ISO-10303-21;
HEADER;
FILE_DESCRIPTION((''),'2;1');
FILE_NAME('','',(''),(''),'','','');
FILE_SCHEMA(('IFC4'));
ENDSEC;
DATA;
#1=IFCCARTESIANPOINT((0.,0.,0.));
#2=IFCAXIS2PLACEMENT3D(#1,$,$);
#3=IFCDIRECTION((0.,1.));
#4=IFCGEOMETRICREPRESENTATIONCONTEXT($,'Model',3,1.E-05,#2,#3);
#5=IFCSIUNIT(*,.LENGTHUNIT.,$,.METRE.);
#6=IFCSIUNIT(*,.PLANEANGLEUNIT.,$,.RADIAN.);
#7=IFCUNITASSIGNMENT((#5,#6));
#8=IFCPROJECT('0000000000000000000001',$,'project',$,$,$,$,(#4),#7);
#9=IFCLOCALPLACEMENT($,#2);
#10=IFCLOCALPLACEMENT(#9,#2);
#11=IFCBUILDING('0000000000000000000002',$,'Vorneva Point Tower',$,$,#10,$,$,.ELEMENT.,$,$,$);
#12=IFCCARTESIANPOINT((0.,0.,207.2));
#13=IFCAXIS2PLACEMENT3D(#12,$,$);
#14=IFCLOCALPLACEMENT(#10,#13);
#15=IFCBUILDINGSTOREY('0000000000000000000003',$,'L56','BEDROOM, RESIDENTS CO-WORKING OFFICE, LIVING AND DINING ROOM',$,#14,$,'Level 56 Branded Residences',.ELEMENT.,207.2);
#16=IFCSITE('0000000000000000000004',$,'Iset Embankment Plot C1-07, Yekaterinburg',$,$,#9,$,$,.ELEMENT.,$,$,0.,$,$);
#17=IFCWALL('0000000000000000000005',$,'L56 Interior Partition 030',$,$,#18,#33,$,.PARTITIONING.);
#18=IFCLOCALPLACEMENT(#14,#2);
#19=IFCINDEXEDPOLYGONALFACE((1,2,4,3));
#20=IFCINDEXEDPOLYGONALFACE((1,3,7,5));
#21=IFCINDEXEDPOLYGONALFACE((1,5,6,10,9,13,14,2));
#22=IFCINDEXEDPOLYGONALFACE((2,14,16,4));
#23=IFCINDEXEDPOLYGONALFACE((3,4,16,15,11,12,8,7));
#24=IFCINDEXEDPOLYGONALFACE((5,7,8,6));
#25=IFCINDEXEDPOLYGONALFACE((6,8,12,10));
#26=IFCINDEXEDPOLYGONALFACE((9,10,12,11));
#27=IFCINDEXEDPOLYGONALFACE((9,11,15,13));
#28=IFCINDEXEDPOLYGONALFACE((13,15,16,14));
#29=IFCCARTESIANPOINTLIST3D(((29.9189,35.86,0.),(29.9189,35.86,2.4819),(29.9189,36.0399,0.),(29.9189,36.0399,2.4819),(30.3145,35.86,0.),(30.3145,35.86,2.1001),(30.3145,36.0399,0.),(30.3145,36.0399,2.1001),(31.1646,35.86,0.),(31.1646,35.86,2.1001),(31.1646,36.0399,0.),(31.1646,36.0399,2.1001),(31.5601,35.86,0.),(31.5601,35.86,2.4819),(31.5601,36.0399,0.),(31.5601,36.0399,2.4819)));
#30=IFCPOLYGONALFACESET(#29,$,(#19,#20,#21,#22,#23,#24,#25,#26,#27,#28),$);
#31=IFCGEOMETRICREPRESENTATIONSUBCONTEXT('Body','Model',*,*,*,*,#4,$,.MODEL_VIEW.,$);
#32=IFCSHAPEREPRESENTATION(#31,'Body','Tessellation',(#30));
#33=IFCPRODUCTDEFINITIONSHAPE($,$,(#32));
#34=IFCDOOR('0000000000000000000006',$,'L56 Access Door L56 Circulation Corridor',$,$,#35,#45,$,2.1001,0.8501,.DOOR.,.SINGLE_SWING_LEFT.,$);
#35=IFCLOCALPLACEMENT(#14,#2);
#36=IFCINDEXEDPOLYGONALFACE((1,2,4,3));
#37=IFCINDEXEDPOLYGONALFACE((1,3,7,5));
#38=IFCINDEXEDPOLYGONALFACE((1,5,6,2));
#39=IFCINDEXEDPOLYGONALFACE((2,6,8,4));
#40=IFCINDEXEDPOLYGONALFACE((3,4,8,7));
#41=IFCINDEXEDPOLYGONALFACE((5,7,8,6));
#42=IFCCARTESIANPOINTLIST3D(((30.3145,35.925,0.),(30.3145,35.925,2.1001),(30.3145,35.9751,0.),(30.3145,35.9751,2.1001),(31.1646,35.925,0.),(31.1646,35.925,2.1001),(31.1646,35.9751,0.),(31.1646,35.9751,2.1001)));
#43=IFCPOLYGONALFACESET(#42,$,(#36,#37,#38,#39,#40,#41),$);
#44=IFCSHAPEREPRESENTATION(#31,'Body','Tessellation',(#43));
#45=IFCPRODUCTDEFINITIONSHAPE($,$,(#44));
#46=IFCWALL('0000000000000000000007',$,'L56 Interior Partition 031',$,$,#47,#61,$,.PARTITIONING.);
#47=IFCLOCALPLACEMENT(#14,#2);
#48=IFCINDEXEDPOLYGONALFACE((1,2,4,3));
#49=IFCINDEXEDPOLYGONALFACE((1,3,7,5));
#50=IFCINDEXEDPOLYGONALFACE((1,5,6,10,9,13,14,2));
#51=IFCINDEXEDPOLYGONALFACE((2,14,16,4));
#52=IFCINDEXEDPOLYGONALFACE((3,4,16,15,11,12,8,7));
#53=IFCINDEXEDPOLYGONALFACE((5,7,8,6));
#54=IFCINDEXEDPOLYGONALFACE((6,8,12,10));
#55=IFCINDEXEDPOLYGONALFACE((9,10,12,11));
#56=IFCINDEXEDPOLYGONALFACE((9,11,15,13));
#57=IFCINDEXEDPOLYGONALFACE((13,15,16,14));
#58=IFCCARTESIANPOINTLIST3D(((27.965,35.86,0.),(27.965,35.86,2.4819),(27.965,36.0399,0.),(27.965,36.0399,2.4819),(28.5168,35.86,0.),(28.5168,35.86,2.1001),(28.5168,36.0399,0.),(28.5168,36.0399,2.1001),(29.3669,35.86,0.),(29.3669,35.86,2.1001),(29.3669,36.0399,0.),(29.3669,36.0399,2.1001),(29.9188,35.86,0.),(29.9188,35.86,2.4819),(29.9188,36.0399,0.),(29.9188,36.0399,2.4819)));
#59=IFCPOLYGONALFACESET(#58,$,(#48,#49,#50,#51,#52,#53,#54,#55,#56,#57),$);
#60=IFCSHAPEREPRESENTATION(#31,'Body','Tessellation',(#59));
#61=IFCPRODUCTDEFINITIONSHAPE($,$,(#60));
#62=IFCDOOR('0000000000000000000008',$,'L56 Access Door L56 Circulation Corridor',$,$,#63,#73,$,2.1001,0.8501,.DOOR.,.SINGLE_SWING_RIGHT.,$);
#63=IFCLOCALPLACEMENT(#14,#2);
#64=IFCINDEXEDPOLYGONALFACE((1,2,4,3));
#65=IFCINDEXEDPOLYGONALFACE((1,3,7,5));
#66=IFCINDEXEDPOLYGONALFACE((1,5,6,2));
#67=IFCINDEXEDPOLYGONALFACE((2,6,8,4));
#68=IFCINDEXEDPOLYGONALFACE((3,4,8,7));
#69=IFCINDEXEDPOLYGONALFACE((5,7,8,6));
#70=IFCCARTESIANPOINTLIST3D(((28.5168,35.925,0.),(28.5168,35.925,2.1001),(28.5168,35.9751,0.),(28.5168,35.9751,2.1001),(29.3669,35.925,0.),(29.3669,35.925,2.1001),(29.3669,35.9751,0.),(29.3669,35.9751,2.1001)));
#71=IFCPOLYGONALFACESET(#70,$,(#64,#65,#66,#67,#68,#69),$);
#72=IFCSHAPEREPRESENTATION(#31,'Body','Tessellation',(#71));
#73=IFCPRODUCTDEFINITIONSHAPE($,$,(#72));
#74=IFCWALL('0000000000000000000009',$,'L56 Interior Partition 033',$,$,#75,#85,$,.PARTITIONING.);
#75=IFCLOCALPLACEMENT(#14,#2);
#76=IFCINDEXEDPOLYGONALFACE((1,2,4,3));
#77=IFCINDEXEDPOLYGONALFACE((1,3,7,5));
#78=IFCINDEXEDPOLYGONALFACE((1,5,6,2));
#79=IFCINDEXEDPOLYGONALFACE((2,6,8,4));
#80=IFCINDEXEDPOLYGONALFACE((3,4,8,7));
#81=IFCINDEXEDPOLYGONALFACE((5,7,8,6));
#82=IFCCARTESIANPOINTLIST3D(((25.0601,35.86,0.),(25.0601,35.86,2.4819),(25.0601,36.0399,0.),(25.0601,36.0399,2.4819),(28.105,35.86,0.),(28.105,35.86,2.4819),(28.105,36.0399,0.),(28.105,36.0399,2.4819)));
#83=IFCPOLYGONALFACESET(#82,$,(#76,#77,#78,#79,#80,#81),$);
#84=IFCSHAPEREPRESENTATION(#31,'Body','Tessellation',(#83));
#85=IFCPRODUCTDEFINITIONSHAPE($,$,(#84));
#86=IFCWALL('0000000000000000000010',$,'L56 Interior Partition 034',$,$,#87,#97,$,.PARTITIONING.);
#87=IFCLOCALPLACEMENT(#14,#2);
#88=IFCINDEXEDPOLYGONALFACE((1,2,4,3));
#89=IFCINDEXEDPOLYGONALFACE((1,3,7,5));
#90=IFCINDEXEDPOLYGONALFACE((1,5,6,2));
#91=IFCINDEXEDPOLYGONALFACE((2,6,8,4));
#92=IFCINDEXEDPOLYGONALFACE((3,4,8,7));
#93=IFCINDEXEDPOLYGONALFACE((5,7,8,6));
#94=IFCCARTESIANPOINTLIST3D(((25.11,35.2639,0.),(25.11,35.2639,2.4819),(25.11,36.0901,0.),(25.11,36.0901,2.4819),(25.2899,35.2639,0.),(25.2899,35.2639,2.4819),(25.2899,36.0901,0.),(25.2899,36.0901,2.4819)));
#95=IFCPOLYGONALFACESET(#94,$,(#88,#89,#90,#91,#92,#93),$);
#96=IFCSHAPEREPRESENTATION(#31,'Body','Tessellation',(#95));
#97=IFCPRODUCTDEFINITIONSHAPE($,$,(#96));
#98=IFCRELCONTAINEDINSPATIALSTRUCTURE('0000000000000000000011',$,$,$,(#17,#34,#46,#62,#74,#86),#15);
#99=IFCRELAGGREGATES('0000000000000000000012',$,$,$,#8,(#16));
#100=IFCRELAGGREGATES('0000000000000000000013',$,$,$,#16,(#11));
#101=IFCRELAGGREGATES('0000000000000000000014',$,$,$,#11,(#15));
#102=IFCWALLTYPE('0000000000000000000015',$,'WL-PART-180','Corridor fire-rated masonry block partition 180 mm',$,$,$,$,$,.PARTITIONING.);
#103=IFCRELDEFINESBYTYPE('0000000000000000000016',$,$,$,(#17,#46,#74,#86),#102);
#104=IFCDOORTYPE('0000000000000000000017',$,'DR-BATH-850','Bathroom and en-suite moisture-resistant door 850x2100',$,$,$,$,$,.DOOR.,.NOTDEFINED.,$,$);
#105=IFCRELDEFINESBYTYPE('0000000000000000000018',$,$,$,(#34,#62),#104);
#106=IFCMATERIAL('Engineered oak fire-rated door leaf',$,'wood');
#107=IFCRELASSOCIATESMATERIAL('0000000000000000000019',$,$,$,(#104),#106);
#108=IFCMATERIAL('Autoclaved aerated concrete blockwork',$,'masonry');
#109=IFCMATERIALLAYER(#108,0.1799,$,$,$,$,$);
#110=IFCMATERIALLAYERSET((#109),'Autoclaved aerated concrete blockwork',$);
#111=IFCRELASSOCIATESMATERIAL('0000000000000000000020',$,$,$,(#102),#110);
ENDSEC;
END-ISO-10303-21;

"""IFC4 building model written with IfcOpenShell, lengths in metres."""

from ifc_helpers import new_model, si_unit, direction, frame, frame_2d, origin, place, context, subcontext, project, spatial, rectangle, extrude, material, layer, layer_set, type_object, element, fill, save


model = new_model("IFC4")

# Units and contexts
model_context = context("Model", 3, precision=1e-05, world=origin(), true_north=direction((0.0, 1.0)))
body_context = subcontext(model_context, "Body", "Model", "MODEL_VIEW")
ifc_project = project(units=[si_unit("LENGTHUNIT", "METRE"), si_unit("PLANEANGLEUNIT", "RADIAN")], contexts=[model_context])

# Site, building, storey
site_placement = place(None, origin())
site = spatial("IfcSite", under=ifc_project, at=site_placement, Name="Iset Embankment Plot C1-07, Yekaterinburg", CompositionType="ELEMENT", RefElevation=0.0)
building_placement = place(site_placement, origin())
building = spatial("IfcBuilding", under=site, at=building_placement, Name="Vorneva Point Tower", CompositionType="ELEMENT")
storey_placement = place(building_placement, frame((0.0, 0.0, 207.2)))
storey = spatial("IfcBuildingStorey", under=building, at=storey_placement, Name="L56", Description="BEDROOM, RESIDENTS CO-WORKING OFFICE, LIVING AND DINING ROOM", LongName="Level 56 Branded Residences", CompositionType="ELEMENT", Elevation=207.2)

# Shared definitions
ifc_material_1 = material(Name="Engineered oak fire-rated door leaf", Category="wood")
door_type_1 = type_object("IfcDoorType", Name="DR-BATH-850", Description="Bathroom and en-suite moisture-resistant door 850x2100", OperationType="NOTDEFINED", PredefinedType="DOOR", material=ifc_material_1)
ifc_material_2 = material(Name="Autoclaved aerated concrete blockwork", Category="masonry")
ifc_layer_1 = layer(ifc_material_2, 0.1799)
ifc_layer_set_1 = layer_set([ifc_layer_1], Name="Autoclaved aerated concrete blockwork")
wall_type_1 = type_object("IfcWallType", Name="WL-PART-180", Description="Corridor fire-rated masonry block partition 180 mm", PredefinedType="PARTITIONING", material=ifc_layer_set_1)

# Walls, openings, doors
wall_1_placement = place(storey_placement, frame((31.5601, 35.95, 0.0), z_axis=(0.0, 0.0, 1.0), x_axis=(-1.0, 0.0, 0.0)))
wall_1 = element("IfcWall", 1, at=wall_1_placement, inside=storey, type_object=wall_type_1, Name="L56 Interior Partition 030", PredefinedType="PARTITIONING", context=body_context, shape_type="SweptSolid", body=[
    extrude(rectangle(XDim=1.6411, YDim=0.1799, at=frame_2d((0.8206, 0.0))), origin(), (0.0, 0.0, 1.0), 2.4819),
])
opening_1_placement = place(wall_1_placement, frame((0.3955, 0.0, 0.0)))
opening_1 = element("IfcOpeningElement", 2, at=opening_1_placement, cuts=wall_1, PredefinedType="OPENING", context=body_context, shape_type="SweptSolid", body=[
    extrude(rectangle(XDim=0.8501, YDim=2.1001, at=frame_2d((0.425, 1.05))), frame((0.0, 0.105, 0.0), z_axis=(0.0, -1.0, 0.0), x_axis=(1.0, 0.0, 0.0)), (0.0, 0.0, 1.0), 0.2097),
])
door_1_placement = place(opening_1_placement, origin())
door_1 = element("IfcDoor", 3, at=door_1_placement, inside=storey, type_object=door_type_1, Name="L56 Access Door L56 Circulation Corridor", OperationType="SINGLE_SWING_LEFT", OverallHeight=2.1001, OverallWidth=0.8501, PredefinedType="DOOR", context=body_context, shape_type="SweptSolid", body=[
    extrude(rectangle(XDim=0.8501, YDim=2.1001, at=frame_2d((0.425, 1.05))), frame((0.0, 0.0249, 0.0), z_axis=(0.0, -1.0, 0.0), x_axis=(1.0, 0.0, 0.0)), (0.0, 0.0, 1.0), 0.05),
])
fill(opening_1, door_1)
wall_2_placement = place(storey_placement, frame((29.9189, 35.95, 0.0), z_axis=(0.0, 0.0, 1.0), x_axis=(-1.0, 0.0, 0.0)))
wall_2 = element("IfcWall", 4, at=wall_2_placement, inside=storey, type_object=wall_type_1, Name="L56 Interior Partition 031", PredefinedType="PARTITIONING", context=body_context, shape_type="SweptSolid", body=[
    extrude(rectangle(XDim=1.9539, YDim=0.1799, at=frame_2d((0.9771, 0.0))), origin(), (0.0, 0.0, 1.0), 2.4819),
])
opening_2_placement = place(wall_2_placement, frame((0.552, 0.0, 0.0)))
opening_2 = element("IfcOpeningElement", 5, at=opening_2_placement, cuts=wall_2, PredefinedType="OPENING", context=body_context, shape_type="SweptSolid", body=[
    extrude(rectangle(XDim=0.8501, YDim=2.1001, at=frame_2d((0.425, 1.05))), frame((0.0, 0.105, 0.0), z_axis=(0.0, -1.0, 0.0), x_axis=(1.0, 0.0, 0.0)), (0.0, 0.0, 1.0), 0.2097),
])
door_2_placement = place(opening_2_placement, origin())
door_2 = element("IfcDoor", 6, at=door_2_placement, inside=storey, type_object=door_type_1, Name="L56 Access Door L56 Circulation Corridor", OperationType="SINGLE_SWING_RIGHT", OverallHeight=2.1001, OverallWidth=0.8501, PredefinedType="DOOR", context=body_context, shape_type="SweptSolid", body=[
    extrude(rectangle(XDim=0.8501, YDim=2.1001, at=frame_2d((0.425, 1.05))), frame((0.0, 0.0249, 0.0), z_axis=(0.0, -1.0, 0.0), x_axis=(1.0, 0.0, 0.0)), (0.0, 0.0, 1.0), 0.05),
])
fill(opening_2, door_2)

# Walls
wall_3_placement = place(storey_placement, frame((28.105, 35.95, 0.0), z_axis=(0.0, 0.0, 1.0), x_axis=(-1.0, 0.0, 0.0)))
element("IfcWall", 7, at=wall_3_placement, inside=storey, type_object=wall_type_1, Name="L56 Interior Partition 033", PredefinedType="PARTITIONING", context=body_context, shape_type="SweptSolid", body=[
    extrude(rectangle(XDim=3.0449, YDim=0.1799, at=frame_2d((1.5225, 0.0))), origin(), (0.0, 0.0, 1.0), 2.4819),
])
wall_4_placement = place(storey_placement, frame((25.2, 36.0901, 0.0), z_axis=(0.0, 0.0, 1.0), x_axis=(0.0, -1.0, 0.0)))
element("IfcWall", 8, at=wall_4_placement, inside=storey, type_object=wall_type_1, Name="L56 Interior Partition 034", PredefinedType="PARTITIONING", context=body_context, shape_type="SweptSolid", body=[
    extrude(rectangle(XDim=0.8262, YDim=0.1799, at=frame_2d((0.4131, 0.0))), origin(), (0.0, 0.0, 1.0), 2.4819),
])

save(model, "model.ifc")
